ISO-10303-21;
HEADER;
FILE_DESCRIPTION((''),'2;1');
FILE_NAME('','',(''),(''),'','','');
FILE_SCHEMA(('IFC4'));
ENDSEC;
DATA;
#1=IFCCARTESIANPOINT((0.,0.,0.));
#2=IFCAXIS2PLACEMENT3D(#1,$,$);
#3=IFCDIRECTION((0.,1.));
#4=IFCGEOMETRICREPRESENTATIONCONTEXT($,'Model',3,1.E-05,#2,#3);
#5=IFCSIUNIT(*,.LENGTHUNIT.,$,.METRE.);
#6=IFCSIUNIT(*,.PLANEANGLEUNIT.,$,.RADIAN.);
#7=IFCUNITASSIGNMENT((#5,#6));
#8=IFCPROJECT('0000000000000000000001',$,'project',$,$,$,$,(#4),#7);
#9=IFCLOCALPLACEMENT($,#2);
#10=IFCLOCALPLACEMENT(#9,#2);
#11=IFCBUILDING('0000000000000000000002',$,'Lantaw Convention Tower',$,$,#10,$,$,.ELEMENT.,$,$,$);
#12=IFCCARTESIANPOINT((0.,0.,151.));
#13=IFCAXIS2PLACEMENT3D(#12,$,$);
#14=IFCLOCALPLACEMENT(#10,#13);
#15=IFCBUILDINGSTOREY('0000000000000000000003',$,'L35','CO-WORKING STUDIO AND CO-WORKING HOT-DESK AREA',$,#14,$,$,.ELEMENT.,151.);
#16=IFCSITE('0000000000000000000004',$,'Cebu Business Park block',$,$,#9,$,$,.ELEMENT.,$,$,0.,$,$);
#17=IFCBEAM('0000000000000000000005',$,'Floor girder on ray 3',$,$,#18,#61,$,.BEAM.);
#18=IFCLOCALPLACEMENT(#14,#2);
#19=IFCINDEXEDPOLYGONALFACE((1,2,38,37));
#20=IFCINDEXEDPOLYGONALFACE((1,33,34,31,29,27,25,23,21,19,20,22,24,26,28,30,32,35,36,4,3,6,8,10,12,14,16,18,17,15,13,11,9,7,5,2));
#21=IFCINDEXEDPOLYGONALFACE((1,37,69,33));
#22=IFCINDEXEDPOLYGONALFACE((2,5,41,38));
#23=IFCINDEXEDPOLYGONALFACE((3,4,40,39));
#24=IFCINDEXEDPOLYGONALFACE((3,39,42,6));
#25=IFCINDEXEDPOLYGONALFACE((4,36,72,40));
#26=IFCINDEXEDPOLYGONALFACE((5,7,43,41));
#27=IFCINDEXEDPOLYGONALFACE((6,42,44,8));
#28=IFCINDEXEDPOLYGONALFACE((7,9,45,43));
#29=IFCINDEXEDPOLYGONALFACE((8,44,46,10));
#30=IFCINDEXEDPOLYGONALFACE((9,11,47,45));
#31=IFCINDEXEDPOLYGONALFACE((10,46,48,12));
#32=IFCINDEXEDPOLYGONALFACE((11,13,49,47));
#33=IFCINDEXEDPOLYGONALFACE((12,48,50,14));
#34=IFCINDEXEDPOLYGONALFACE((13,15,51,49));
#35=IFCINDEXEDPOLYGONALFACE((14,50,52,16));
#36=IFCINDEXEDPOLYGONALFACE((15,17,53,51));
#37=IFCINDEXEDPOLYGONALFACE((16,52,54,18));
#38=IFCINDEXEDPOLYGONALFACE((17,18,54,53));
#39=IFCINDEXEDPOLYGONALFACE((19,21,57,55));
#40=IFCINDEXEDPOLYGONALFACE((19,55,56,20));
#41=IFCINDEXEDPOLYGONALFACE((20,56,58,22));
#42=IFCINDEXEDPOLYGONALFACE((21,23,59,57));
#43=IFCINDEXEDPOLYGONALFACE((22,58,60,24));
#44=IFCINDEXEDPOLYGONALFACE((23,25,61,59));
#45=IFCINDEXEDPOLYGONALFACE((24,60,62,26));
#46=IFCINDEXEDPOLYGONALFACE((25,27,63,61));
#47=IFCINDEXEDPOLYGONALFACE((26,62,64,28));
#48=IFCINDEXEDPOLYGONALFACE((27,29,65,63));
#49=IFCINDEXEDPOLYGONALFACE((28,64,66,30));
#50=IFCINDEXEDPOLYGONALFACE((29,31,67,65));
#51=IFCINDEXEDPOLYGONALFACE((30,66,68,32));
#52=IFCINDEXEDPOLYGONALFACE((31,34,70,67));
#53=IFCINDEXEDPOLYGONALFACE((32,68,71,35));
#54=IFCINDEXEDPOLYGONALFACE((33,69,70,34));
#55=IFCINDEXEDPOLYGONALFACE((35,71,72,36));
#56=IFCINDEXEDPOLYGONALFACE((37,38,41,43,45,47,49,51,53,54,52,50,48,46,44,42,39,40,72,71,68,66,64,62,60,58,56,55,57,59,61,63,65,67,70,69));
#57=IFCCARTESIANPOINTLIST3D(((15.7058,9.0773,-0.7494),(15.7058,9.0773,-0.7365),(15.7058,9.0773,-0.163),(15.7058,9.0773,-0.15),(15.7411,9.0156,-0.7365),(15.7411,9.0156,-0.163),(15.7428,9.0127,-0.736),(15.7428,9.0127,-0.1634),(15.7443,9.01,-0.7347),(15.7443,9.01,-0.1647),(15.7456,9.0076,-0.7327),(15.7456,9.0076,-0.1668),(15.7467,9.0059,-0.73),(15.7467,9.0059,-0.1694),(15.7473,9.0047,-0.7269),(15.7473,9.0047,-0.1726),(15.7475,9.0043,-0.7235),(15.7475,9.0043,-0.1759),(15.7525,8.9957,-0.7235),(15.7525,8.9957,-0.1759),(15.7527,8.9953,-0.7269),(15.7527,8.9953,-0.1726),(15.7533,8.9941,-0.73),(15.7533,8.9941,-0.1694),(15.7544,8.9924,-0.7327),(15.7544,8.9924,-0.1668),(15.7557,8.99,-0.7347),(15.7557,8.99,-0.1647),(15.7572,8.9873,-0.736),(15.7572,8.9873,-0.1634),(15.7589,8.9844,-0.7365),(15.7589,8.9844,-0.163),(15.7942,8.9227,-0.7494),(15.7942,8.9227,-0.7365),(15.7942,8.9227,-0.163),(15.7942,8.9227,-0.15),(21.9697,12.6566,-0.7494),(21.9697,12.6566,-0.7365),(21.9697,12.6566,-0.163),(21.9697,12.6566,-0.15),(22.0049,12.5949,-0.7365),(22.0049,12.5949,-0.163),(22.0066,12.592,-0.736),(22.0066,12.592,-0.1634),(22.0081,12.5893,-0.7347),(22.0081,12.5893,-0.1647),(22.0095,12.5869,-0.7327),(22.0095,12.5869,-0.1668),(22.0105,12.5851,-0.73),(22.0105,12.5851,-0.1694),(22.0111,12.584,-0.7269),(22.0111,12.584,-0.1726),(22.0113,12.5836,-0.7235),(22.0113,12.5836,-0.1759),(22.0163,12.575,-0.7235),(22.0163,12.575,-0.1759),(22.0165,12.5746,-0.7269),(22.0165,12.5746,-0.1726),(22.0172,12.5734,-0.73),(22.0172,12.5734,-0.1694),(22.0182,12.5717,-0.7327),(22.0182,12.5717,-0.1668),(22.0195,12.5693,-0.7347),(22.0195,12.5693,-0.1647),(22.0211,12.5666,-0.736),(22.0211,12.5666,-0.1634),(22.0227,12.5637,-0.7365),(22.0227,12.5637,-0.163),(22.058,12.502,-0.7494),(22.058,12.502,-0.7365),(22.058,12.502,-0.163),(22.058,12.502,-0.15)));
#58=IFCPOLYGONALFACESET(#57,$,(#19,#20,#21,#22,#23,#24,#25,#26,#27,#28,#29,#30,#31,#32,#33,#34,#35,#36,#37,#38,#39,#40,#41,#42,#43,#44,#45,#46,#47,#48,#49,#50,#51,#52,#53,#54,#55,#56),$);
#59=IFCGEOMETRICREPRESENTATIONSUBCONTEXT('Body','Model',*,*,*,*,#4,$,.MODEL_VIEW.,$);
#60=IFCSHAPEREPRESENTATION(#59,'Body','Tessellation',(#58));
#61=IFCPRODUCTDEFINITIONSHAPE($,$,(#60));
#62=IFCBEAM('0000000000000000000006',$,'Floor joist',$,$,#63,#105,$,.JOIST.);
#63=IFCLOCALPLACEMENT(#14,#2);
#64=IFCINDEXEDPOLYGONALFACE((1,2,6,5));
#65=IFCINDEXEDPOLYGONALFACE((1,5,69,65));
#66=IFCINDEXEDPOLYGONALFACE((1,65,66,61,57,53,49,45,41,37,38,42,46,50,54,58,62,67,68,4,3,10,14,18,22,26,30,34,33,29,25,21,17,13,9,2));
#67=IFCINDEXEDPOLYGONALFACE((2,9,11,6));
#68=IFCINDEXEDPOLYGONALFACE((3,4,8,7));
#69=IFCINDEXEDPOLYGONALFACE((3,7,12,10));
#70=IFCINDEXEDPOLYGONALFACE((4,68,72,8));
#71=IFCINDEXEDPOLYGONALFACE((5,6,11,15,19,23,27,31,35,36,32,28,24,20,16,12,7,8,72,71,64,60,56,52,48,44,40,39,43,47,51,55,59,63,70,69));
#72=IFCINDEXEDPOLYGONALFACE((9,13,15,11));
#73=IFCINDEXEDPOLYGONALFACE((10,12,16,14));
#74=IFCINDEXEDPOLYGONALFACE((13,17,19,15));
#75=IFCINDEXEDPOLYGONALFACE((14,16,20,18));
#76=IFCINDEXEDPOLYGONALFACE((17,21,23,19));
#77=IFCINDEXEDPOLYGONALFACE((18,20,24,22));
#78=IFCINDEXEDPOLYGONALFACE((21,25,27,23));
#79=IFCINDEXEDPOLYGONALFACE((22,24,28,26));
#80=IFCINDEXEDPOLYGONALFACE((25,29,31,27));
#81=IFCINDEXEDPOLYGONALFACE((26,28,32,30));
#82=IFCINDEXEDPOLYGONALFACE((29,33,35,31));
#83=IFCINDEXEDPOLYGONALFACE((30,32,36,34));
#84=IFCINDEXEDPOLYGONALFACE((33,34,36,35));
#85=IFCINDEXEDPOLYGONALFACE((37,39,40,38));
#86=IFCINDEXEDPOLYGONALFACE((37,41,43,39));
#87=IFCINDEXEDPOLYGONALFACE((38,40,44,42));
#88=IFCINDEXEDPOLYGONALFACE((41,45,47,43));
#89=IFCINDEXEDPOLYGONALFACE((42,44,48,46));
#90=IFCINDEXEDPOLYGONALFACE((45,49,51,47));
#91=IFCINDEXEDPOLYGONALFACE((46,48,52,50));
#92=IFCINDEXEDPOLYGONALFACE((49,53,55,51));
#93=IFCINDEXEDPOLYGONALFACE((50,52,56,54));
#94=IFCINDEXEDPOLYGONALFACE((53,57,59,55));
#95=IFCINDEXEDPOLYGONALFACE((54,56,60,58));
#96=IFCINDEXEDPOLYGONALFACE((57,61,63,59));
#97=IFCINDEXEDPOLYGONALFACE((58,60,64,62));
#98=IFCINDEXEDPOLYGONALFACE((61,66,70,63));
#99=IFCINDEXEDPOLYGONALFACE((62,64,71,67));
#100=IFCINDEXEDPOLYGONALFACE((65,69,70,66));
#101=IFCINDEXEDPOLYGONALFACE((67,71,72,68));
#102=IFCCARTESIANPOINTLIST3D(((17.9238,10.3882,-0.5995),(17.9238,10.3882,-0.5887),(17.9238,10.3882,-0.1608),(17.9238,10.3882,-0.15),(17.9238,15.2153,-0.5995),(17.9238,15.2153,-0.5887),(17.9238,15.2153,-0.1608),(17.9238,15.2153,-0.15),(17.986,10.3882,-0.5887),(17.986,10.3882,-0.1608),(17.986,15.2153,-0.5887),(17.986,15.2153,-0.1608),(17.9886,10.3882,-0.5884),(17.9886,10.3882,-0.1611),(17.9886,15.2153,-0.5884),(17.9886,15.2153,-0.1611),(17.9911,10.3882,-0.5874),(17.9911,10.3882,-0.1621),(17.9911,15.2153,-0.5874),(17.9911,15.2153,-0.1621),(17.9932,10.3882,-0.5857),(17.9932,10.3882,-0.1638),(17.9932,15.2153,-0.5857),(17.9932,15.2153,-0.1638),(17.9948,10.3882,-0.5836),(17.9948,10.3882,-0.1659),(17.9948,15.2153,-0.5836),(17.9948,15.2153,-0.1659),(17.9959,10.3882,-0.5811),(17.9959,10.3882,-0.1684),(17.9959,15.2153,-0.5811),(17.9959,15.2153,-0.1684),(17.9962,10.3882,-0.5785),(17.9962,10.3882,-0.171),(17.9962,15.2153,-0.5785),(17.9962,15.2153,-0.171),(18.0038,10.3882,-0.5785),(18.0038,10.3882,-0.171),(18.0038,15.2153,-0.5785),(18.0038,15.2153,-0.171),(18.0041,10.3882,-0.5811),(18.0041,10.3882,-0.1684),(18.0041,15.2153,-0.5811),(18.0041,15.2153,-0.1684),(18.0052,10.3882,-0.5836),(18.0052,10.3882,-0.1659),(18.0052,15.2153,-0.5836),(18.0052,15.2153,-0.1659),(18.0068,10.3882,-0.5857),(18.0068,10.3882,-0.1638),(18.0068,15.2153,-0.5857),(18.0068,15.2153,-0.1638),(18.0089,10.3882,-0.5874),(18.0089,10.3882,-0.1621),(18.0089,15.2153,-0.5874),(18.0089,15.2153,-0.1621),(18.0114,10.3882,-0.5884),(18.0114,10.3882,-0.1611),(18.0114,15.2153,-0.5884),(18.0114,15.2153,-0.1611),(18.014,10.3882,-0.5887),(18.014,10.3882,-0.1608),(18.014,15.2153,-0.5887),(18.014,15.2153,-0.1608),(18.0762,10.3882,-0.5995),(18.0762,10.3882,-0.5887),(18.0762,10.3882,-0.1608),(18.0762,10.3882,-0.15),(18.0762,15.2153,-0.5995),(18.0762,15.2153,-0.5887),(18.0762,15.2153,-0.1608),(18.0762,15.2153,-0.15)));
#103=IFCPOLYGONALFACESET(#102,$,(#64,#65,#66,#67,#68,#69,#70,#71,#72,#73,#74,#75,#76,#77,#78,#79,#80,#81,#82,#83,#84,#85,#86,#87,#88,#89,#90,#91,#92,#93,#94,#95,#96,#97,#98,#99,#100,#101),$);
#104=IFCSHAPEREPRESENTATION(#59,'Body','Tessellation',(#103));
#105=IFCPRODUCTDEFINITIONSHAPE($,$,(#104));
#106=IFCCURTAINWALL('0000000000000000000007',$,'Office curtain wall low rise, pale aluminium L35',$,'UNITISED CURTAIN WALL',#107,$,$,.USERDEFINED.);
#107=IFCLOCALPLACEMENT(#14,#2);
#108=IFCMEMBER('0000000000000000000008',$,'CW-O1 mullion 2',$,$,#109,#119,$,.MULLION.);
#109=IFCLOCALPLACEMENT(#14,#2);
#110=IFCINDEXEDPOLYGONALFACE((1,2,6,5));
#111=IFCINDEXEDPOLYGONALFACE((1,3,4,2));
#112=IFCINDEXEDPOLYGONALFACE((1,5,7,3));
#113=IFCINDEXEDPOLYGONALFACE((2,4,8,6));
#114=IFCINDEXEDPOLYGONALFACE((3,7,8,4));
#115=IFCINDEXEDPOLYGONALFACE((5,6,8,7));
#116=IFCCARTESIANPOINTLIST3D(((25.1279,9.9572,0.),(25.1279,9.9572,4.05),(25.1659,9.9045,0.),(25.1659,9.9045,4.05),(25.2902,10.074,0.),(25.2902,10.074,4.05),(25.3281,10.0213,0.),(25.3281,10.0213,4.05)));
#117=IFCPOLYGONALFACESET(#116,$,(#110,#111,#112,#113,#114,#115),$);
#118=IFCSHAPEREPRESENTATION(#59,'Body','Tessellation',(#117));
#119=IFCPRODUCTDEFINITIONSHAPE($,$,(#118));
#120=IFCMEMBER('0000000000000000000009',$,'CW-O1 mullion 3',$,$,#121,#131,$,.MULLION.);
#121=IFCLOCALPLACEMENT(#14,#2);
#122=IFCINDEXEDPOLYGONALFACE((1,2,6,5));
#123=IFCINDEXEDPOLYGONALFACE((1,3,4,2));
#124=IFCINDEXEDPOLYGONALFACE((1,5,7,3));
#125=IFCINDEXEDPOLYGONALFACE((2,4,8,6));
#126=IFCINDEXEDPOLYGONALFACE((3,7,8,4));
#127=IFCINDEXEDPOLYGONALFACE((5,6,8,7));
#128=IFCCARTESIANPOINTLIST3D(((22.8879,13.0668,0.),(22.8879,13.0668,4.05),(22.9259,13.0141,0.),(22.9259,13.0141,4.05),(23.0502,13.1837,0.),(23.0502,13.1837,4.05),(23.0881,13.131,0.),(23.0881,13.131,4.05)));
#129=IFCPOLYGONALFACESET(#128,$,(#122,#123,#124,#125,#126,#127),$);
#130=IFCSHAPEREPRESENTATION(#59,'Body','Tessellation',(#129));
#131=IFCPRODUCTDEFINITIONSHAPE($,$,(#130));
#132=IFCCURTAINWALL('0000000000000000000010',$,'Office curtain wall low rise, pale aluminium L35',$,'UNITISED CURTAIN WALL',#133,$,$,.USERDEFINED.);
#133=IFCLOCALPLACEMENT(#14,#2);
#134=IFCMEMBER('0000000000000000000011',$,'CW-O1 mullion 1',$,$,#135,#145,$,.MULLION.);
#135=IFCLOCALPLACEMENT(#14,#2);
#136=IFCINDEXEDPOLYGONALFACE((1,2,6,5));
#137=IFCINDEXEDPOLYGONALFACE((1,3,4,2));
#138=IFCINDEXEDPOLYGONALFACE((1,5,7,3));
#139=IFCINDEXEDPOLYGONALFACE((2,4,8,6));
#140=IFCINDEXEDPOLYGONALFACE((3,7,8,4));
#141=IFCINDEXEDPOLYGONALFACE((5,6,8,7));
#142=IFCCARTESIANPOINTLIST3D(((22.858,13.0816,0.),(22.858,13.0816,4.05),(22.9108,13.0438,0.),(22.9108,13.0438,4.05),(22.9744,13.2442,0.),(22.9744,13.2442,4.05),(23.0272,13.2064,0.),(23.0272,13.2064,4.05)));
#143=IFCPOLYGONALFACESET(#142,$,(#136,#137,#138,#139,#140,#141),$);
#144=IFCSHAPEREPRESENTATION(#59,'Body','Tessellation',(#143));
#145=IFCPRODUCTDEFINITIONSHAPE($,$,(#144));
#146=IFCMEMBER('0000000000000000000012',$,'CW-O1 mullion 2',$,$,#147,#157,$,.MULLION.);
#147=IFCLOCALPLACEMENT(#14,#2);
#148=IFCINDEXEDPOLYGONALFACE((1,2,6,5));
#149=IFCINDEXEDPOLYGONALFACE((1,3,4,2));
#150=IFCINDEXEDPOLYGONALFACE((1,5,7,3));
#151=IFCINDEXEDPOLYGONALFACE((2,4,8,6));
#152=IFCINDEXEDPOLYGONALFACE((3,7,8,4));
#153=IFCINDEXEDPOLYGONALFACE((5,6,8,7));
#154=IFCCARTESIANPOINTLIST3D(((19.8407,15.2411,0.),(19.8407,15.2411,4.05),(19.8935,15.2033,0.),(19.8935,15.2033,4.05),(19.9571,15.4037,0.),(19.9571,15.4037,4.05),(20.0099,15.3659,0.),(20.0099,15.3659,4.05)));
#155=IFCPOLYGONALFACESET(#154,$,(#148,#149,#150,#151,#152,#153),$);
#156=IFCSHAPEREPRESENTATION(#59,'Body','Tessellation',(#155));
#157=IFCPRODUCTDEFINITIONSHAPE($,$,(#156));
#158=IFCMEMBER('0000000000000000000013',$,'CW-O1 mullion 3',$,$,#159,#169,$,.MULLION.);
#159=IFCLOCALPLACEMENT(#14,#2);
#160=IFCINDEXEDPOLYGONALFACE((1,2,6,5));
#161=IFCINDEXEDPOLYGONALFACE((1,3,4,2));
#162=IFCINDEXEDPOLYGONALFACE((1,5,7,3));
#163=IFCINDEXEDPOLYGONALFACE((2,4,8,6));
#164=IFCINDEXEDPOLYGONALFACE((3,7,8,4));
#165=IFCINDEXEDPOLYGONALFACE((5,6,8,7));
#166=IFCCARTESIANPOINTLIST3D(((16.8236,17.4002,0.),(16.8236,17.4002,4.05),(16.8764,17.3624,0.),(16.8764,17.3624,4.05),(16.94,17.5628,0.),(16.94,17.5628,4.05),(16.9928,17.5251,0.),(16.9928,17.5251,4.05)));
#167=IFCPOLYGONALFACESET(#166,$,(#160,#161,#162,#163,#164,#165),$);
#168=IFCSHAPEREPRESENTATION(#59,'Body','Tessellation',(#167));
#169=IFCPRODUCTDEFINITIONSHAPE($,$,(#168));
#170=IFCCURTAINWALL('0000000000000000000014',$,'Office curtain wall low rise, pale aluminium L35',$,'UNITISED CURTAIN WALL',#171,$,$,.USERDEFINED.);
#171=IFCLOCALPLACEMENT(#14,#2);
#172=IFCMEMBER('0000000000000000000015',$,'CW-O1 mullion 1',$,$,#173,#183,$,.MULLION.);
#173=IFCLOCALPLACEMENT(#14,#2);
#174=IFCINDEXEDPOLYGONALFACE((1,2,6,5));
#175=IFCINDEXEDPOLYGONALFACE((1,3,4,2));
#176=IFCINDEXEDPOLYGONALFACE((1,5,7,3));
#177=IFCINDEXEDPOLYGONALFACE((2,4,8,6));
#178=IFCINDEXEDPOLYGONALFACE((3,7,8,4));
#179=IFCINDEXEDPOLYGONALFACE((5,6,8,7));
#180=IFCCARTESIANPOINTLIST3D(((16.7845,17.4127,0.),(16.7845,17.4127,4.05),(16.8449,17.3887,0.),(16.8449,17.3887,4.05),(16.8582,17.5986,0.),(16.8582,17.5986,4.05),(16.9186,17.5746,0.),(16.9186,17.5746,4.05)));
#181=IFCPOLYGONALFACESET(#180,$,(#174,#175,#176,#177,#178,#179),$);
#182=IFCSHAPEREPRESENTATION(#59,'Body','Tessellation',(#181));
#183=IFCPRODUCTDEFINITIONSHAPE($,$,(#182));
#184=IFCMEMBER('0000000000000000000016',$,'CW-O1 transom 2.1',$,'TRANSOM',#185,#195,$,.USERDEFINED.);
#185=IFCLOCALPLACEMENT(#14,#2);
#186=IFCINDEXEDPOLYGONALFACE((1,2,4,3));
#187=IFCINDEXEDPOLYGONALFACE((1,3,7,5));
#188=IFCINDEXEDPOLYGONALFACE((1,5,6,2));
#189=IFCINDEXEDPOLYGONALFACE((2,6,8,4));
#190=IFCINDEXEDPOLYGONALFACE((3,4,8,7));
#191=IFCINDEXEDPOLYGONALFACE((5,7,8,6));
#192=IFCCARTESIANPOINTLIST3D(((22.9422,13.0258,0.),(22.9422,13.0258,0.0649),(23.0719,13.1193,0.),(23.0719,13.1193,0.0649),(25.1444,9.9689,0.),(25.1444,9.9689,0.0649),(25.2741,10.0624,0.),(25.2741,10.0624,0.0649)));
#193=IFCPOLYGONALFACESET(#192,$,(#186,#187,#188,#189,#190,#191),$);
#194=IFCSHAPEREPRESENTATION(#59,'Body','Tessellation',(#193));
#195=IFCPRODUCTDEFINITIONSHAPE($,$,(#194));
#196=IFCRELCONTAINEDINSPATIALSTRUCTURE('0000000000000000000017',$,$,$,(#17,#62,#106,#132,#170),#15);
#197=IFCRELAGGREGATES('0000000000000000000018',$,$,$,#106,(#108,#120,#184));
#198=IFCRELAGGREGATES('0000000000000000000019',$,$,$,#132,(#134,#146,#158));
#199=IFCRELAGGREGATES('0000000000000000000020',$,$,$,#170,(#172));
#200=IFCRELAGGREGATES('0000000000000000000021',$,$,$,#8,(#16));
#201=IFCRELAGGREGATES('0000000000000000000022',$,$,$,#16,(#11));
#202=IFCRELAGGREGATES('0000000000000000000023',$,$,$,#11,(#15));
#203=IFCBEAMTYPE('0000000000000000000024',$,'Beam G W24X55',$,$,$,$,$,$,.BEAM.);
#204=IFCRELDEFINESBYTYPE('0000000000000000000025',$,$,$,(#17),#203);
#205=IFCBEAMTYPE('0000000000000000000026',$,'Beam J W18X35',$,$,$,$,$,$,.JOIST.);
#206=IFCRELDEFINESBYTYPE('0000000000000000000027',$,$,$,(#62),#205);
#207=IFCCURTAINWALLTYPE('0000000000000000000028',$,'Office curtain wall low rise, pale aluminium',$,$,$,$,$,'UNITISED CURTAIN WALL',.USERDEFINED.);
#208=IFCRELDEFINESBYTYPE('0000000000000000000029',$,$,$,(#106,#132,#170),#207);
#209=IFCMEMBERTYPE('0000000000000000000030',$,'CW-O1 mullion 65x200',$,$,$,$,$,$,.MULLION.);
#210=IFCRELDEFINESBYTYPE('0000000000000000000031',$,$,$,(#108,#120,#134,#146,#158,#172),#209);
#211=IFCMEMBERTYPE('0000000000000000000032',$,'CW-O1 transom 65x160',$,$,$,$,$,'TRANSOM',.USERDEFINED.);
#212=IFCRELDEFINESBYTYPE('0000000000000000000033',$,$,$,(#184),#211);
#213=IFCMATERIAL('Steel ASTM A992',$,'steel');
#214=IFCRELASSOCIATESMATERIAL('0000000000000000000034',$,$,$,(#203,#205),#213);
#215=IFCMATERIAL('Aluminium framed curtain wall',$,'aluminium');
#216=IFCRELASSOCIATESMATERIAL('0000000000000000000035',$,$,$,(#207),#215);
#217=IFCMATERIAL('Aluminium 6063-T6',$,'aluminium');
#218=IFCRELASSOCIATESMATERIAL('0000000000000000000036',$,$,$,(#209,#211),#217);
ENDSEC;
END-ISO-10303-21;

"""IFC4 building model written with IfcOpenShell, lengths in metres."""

from ifc_helpers import new_model, si_unit, direction, frame, origin, origin_2d, place, context, subcontext, project, spatial, rectangle, i_section, extrude, material, material_profile, profile_set, type_object, element, aggregate, save


model = new_model("IFC4")

# Units and contexts
model_context = context("Model", 3, precision=1e-05, world=origin(), true_north=direction((0.0, 1.0)))
body_context = subcontext(model_context, "Body", "Model", "MODEL_VIEW")
ifc_project = project(units=[si_unit("LENGTHUNIT", "METRE"), si_unit("PLANEANGLEUNIT", "RADIAN")], contexts=[model_context])

# Site, building, storey
site_placement = place(None, origin())
site = spatial("IfcSite", under=ifc_project, at=site_placement, Name="Cebu Business Park block", CompositionType="ELEMENT", RefElevation=0.0)
building_placement = place(site_placement, origin())
building = spatial("IfcBuilding", under=site, at=building_placement, Name="Lantaw Convention Tower", CompositionType="ELEMENT")
storey_placement = place(building_placement, frame((0.0, 0.0, 151.0)))
storey = spatial("IfcBuildingStorey", under=building, at=storey_placement, Name="L35", Description="CO-WORKING STUDIO AND CO-WORKING HOT-DESK AREA", CompositionType="ELEMENT", Elevation=151.0)

# Beams
ifc_material_1 = material(Name="Steel ASTM A992", Category="steel")
ifc_material_profile_1 = material_profile(ifc_material_1, i_section(OverallWidth=0.178, OverallDepth=0.5994, WebThickness=0.01, FlangeThickness=0.0129, FilletRadius=0.0129, at=origin_2d()), Name="W24X55")
ifc_profile_set_1 = profile_set([ifc_material_profile_1], Name="Steel ASTM A992")
beam_type_1 = type_object("IfcBeamType", Name="Beam G W24X55", PredefinedType="BEAM", material=ifc_profile_set_1)
beam_1_placement = place(storey_placement, frame((15.75, 9.0, -0.4497), z_axis=(0.868245, 0.496135, 0.0), x_axis=(-0.496135, 0.868245, 0.0)))
element("IfcBeam", 1, at=beam_1_placement, inside=storey, type_object=beam_type_1, Name="Floor girder on ray 3", PredefinedType="BEAM", context=body_context, shape_type="SweptSolid", body=[
    extrude(i_section(OverallWidth=0.178, OverallDepth=0.5994, WebThickness=0.01, FlangeThickness=0.0129, FilletRadius=0.0129, at=origin_2d()), origin(), (0.0, 0.0, 1.0), 7.2144),
])
ifc_material_profile_2 = material_profile(ifc_material_1, i_section(OverallWidth=0.1523, OverallDepth=0.4495, WebThickness=0.0076, FlangeThickness=0.0107, FilletRadius=0.0103, at=origin_2d()), Name="W18X35")
ifc_profile_set_2 = profile_set([ifc_material_profile_2], Name="Steel ASTM A992")
beam_type_2 = type_object("IfcBeamType", Name="Beam J W18X35", PredefinedType="JOIST", material=ifc_profile_set_2)
beam_2_placement = place(storey_placement, frame((18.0, 10.3882, -0.3748), z_axis=(0.0, 1.0, 0.0), x_axis=(-1.0, 0.0, 0.0)))
element("IfcBeam", 2, at=beam_2_placement, inside=storey, type_object=beam_type_2, Name="Floor joist", PredefinedType="JOIST", context=body_context, shape_type="SweptSolid", body=[
    extrude(i_section(OverallWidth=0.1523, OverallDepth=0.4495, WebThickness=0.0076, FlangeThickness=0.0107, FilletRadius=0.0103, at=origin_2d()), origin(), (0.0, 0.0, 1.0), 4.8271),
])

# Curtain walls, members
ifc_material_2 = material(Name="Aluminium framed curtain wall", Category="aluminium")
curtain_wall_type = type_object("IfcCurtainWallType", Name="Office curtain wall low rise, pale aluminium", ElementType="UNITISED CURTAIN WALL", PredefinedType="USERDEFINED", material=ifc_material_2)
curtain_wall_1_placement = place(storey_placement, origin())
curtain_wall_1 = element("IfcCurtainWall", 3, at=curtain_wall_1_placement, inside=storey, type_object=curtain_wall_type, Name="Office curtain wall low rise, pale aluminium L35", ObjectType="UNITISED CURTAIN WALL", PredefinedType="USERDEFINED")
ifc_material_3 = material(Name="Aluminium 6063-T6", Category="aluminium")
ifc_material_profile_3 = material_profile(ifc_material_3, rectangle(XDim=0.2, YDim=0.0649, at=origin_2d()), Name="CW-O1 mullion 65x200")
ifc_profile_set_3 = profile_set([ifc_material_profile_3], Name="Aluminium 6063-T6")
member_type_1 = type_object("IfcMemberType", Name="CW-O1 mullion 65x200", PredefinedType="MULLION", material=ifc_profile_set_3)
member_1_placement = place(storey_placement, frame((25.228, 9.9893, 0.0), z_axis=(0.0, 0.0, 1.0), x_axis=(-0.811385, -0.584513, 0.0)))
member_1 = element("IfcMember", 4, at=member_1_placement, type_object=member_type_1, Name="CW-O1 mullion 2", PredefinedType="MULLION", context=body_context, shape_type="SweptSolid", body=[
    extrude(rectangle(XDim=0.2, YDim=0.0649, at=origin_2d()), origin(), (0.0, 0.0, 1.0), 4.05),
])
member_2_placement = place(storey_placement, frame((22.988, 13.0989, 0.0), z_axis=(0.0, 0.0, 1.0), x_axis=(-0.811385, -0.584513, 0.0)))
member_2 = element("IfcMember", 5, at=member_2_placement, type_object=member_type_1, Name="CW-O1 mullion 3", PredefinedType="MULLION", context=body_context, shape_type="SweptSolid", body=[
    extrude(rectangle(XDim=0.2, YDim=0.0649, at=origin_2d()), origin(), (0.0, 0.0, 1.0), 4.05),
])
curtain_wall_2_placement = place(storey_placement, origin())
curtain_wall_2 = element("IfcCurtainWall", 6, at=curtain_wall_2_placement, inside=storey, type_object=curtain_wall_type, Name="Office curtain wall low rise, pale aluminium L35", ObjectType="UNITISED CURTAIN WALL", PredefinedType="USERDEFINED")
member_3_placement = place(storey_placement, frame((22.9426, 13.144, 0.0), z_axis=(0.0, 0.0, 1.0), x_axis=(-0.581973, -0.813208, 0.0)))
member_3 = element("IfcMember", 7, at=member_3_placement, type_object=member_type_1, Name="CW-O1 mullion 1", PredefinedType="MULLION", context=body_context, shape_type="SweptSolid", body=[
    extrude(rectangle(XDim=0.2, YDim=0.0649, at=origin_2d()), origin(), (0.0, 0.0, 1.0), 4.05),
])
member_4_placement = place(storey_placement, frame((19.9253, 15.3035, 0.0), z_axis=(0.0, 0.0, 1.0), x_axis=(-0.581973, -0.813208, 0.0)))
member_4 = element("IfcMember", 8, at=member_4_placement, type_object=member_type_1, Name="CW-O1 mullion 2", PredefinedType="MULLION", context=body_context, shape_type="SweptSolid", body=[
    extrude(rectangle(XDim=0.2, YDim=0.0649, at=origin_2d()), origin(), (0.0, 0.0, 1.0), 4.05),
])
member_5_placement = place(storey_placement, frame((16.9082, 17.4626, 0.0), z_axis=(0.0, 0.0, 1.0), x_axis=(-0.581973, -0.813208, 0.0)))
member_5 = element("IfcMember", 9, at=member_5_placement, type_object=member_type_1, Name="CW-O1 mullion 3", PredefinedType="MULLION", context=body_context, shape_type="SweptSolid", body=[
    extrude(rectangle(XDim=0.2, YDim=0.0649, at=origin_2d()), origin(), (0.0, 0.0, 1.0), 4.05),
])

# Curtain wall, member
curtain_wall_3_placement = place(storey_placement, origin())
curtain_wall_3 = element("IfcCurtainWall", 10, at=curtain_wall_3_placement, inside=storey, type_object=curtain_wall_type, Name="Office curtain wall low rise, pale aluminium L35", ObjectType="UNITISED CURTAIN WALL", PredefinedType="USERDEFINED")
member_6_placement = place(storey_placement, frame((16.8516, 17.4937, 0.0), z_axis=(0.0, 0.0, 1.0), x_axis=(-0.368702, -0.929548, 0.0)))
member_6 = element("IfcMember", 11, at=member_6_placement, type_object=member_type_1, Name="CW-O1 mullion 1", PredefinedType="MULLION", context=body_context, shape_type="SweptSolid", body=[
    extrude(rectangle(XDim=0.2, YDim=0.0649, at=origin_2d()), origin(), (0.0, 0.0, 1.0), 4.05),
])

# Member
ifc_material_profile_4 = material_profile(ifc_material_3, rectangle(XDim=0.1599, YDim=0.0649, at=origin_2d()), Name="CW-O1 transom 65x160")
ifc_profile_set_4 = profile_set([ifc_material_profile_4], Name="Aluminium 6063-T6")
member_type_2 = type_object("IfcMemberType", Name="CW-O1 transom 65x160", ElementType="TRANSOM", PredefinedType="USERDEFINED", material=ifc_profile_set_4)
member_7_placement = place(storey_placement, frame((25.2092, 10.0156, 0.0325), z_axis=(-0.584513, 0.811384, 0.0), x_axis=(-0.811384, -0.584513, 0.0)))
member_7 = element("IfcMember", 12, at=member_7_placement, type_object=member_type_2, Name="CW-O1 transom 2.1", ObjectType="TRANSOM", PredefinedType="USERDEFINED", context=body_context, shape_type="SweptSolid", body=[
    extrude(rectangle(XDim=0.1599, YDim=0.0649, at=origin_2d()), origin(), (0.0, 0.0, 1.0), 3.7676),
])

aggregate(curtain_wall_1, [member_1, member_2, member_7])
aggregate(curtain_wall_2, [member_3, member_4, member_5])
aggregate(curtain_wall_3, [member_6])

save(model, "model.ifc")
